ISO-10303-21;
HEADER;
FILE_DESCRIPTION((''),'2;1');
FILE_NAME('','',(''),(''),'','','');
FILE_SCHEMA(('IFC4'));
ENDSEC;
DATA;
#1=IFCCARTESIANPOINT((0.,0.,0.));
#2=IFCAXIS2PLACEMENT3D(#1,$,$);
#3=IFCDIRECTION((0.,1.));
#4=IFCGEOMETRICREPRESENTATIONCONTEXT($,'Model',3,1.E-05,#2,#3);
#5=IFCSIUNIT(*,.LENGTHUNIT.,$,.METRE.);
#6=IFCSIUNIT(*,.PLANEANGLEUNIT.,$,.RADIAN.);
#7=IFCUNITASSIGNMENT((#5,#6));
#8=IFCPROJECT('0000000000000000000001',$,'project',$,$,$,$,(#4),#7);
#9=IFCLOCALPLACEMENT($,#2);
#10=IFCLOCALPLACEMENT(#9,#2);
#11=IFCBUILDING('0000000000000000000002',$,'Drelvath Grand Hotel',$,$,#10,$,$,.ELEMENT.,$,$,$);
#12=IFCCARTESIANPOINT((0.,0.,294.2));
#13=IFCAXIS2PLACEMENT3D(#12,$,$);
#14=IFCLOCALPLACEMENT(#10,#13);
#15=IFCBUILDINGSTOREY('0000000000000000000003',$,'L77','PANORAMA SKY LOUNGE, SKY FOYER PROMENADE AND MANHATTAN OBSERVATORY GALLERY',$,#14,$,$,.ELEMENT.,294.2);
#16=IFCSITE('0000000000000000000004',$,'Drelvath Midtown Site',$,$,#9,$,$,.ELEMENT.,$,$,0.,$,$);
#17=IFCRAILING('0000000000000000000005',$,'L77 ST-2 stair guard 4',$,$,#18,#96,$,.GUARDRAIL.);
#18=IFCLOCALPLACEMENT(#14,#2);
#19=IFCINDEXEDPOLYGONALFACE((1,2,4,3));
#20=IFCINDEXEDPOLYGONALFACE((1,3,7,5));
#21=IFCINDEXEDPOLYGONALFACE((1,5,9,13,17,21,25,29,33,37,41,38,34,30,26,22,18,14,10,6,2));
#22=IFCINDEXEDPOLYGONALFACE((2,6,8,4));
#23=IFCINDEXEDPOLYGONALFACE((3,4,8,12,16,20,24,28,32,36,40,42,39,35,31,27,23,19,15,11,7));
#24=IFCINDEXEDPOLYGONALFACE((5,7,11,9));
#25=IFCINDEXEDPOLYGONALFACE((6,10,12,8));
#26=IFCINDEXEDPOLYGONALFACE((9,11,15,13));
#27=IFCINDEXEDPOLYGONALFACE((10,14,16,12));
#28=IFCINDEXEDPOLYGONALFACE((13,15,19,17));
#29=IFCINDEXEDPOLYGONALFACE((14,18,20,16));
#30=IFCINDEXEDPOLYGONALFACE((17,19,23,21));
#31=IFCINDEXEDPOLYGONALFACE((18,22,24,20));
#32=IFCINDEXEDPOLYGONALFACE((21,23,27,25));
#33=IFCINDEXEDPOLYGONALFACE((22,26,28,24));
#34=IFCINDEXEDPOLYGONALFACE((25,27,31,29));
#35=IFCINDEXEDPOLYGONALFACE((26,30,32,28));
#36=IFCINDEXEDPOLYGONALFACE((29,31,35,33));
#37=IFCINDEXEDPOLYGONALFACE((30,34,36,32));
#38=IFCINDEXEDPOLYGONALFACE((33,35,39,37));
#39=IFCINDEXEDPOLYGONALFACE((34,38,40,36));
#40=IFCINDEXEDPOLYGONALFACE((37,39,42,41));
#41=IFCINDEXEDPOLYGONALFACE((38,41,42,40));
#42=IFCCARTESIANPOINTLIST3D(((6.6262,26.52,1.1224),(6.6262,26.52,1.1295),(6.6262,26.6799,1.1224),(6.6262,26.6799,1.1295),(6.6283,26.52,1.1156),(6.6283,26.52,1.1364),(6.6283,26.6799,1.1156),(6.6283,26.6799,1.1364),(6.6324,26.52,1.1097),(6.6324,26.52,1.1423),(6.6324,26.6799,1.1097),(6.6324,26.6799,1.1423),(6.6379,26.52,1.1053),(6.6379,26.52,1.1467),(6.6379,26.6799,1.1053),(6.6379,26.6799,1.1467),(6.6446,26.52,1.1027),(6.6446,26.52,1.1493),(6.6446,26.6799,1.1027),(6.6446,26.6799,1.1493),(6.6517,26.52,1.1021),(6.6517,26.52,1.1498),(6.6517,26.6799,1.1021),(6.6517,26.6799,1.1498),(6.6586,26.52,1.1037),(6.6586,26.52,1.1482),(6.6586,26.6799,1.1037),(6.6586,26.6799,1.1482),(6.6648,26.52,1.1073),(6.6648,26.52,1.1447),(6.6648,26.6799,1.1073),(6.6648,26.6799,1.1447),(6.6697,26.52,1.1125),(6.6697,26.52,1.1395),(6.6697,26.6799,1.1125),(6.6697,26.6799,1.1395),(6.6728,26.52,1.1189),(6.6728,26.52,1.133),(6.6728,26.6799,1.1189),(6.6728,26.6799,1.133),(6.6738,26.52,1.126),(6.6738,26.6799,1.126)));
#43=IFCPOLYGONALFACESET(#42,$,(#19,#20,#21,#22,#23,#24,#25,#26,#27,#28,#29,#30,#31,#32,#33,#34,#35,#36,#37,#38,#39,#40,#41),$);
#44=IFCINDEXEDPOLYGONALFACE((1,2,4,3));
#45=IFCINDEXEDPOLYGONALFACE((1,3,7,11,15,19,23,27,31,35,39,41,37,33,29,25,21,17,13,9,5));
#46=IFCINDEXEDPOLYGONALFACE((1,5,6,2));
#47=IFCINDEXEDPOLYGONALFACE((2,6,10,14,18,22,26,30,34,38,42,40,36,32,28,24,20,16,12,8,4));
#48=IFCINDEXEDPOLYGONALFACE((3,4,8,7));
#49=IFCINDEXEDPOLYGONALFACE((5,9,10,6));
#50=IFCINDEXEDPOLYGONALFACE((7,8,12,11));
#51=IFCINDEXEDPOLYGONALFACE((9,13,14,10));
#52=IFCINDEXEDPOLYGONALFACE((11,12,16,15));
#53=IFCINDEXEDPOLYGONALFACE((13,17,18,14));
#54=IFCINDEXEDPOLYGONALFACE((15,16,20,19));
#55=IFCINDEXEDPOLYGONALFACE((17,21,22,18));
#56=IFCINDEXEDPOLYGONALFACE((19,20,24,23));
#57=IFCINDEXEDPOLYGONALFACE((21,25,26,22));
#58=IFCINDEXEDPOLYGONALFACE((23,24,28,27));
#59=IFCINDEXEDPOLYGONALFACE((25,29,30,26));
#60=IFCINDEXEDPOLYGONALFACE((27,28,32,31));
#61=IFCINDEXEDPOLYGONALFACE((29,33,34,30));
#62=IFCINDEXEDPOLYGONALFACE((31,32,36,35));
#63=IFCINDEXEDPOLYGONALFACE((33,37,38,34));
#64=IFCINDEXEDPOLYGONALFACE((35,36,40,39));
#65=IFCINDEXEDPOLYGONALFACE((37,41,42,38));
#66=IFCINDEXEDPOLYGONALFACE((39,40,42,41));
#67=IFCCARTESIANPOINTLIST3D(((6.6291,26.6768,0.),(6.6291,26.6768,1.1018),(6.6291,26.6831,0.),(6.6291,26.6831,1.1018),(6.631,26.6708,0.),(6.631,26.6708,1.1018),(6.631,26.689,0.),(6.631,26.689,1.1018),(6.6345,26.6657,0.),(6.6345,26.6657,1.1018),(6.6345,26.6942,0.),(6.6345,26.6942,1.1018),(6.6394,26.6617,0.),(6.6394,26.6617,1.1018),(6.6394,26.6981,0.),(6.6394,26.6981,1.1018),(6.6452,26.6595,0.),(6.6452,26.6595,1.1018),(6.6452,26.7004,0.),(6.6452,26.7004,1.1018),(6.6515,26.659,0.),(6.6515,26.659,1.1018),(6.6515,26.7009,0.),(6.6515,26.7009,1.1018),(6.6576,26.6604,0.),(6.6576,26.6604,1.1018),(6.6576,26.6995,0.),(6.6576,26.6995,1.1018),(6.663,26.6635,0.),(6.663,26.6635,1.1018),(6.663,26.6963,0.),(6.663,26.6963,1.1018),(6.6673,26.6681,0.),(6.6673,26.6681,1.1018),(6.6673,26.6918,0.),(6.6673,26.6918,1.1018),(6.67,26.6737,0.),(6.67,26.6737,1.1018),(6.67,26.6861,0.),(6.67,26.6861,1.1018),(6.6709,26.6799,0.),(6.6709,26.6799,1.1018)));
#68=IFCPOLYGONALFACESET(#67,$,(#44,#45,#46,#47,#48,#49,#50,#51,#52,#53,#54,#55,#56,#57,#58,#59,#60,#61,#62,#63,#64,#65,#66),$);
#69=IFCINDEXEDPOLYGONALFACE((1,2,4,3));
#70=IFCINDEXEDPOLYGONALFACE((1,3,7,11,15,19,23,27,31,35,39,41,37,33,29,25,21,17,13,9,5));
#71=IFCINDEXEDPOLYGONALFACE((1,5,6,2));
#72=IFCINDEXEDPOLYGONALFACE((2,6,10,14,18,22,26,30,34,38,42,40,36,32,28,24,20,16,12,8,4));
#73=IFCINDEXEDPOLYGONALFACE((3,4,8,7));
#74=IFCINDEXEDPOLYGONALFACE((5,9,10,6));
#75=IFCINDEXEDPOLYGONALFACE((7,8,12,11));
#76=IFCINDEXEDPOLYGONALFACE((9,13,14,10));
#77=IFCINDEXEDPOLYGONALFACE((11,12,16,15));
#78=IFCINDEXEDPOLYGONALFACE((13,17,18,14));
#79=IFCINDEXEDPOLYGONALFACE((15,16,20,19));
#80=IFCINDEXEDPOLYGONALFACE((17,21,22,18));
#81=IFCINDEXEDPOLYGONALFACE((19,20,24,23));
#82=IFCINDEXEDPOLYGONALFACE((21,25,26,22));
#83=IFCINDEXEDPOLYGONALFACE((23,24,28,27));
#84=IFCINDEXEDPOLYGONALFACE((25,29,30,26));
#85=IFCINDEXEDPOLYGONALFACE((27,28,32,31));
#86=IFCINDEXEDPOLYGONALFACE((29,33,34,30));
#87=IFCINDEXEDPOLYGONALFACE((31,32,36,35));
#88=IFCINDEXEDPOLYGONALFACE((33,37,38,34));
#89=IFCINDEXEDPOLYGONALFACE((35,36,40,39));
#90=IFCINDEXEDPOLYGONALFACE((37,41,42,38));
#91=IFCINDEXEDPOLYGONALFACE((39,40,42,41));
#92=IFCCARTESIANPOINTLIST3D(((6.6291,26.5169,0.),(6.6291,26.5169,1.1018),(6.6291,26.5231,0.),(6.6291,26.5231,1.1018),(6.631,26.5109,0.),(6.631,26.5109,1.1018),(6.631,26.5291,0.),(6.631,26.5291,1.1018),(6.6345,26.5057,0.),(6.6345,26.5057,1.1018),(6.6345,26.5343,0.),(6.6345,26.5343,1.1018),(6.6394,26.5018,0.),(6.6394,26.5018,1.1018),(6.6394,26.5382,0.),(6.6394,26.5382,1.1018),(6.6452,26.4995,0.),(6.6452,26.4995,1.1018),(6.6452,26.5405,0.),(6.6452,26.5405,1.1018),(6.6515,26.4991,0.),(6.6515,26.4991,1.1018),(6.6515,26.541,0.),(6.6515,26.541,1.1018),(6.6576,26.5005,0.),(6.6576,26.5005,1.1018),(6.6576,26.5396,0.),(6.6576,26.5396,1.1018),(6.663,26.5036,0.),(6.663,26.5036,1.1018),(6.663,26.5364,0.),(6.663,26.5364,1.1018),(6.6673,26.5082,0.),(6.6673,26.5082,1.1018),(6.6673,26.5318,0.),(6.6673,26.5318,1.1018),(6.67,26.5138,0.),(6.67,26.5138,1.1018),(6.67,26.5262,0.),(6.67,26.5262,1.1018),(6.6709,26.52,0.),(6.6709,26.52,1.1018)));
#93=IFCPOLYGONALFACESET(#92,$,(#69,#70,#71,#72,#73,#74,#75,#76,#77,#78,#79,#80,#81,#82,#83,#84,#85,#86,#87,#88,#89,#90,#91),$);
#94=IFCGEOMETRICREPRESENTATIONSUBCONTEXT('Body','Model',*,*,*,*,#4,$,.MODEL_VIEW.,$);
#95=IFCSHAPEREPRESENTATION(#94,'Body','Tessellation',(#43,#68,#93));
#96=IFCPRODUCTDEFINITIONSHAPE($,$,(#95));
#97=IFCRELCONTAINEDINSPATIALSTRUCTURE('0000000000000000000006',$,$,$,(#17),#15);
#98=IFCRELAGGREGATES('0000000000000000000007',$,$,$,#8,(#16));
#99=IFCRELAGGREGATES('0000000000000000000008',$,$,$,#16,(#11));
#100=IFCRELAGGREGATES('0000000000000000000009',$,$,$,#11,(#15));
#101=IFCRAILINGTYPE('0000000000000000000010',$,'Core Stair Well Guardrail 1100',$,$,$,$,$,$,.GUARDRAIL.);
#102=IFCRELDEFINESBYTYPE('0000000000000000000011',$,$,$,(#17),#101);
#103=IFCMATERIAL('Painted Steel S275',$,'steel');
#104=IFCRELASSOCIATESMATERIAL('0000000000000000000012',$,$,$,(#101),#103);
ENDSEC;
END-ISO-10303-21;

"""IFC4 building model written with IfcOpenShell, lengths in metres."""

from ifc_helpers import new_model, si_unit, direction, frame, origin, origin_2d, place, context, subcontext, project, spatial, circle, extrude, material, type_object, element, save


model = new_model("IFC4")

# Units and contexts
model_context = context("Model", 3, precision=1e-05, world=origin(), true_north=direction((0.0, 1.0)))
body_context = subcontext(model_context, "Body", "Model", "MODEL_VIEW")
ifc_project = project(units=[si_unit("LENGTHUNIT", "METRE"), si_unit("PLANEANGLEUNIT", "RADIAN")], contexts=[model_context])

# Site, building, storey
site_placement = place(None, origin())
site = spatial("IfcSite", under=ifc_project, at=site_placement, Name="Drelvath Midtown Site", CompositionType="ELEMENT", RefElevation=0.0)
building_placement = place(site_placement, origin())
building = spatial("IfcBuilding", under=site, at=building_placement, Name="Drelvath Grand Hotel", CompositionType="ELEMENT")
storey_placement = place(building_placement, frame((0.0, 0.0, 294.2)))
storey = spatial("IfcBuildingStorey", under=building, at=storey_placement, Name="L77", Description="PANORAMA SKY LOUNGE, SKY FOYER PROMENADE AND MANHATTAN OBSERVATORY GALLERY", CompositionType="ELEMENT", Elevation=294.2)

# Railing
ifc_material_1 = material(Name="Painted Steel S275", Category="steel")
railing_type_1 = type_object("IfcRailingType", Name="Core Stair Well Guardrail 1100", PredefinedType="GUARDRAIL", material=ifc_material_1)
railing_1_placement = place(storey_placement, frame((6.6499, 26.6799, 0.0)))
element("IfcRailing", 1, at=railing_1_placement, inside=storey, type_object=railing_type_1, Name="L77 ST-2 stair guard 4", PredefinedType="GUARDRAIL", context=body_context, shape_type="SweptSolid", body=[
    extrude(circle(Radius=0.0239, at=origin_2d()), frame((0.0, 0.0, 1.126), z_axis=(0.0, -1.0, 0.0), x_axis=(1.0, 0.0, 0.0)), (0.0, 0.0, 1.0), 0.1599),
    extrude(circle(Radius=0.021, at=origin_2d()), origin(), (0.0, 0.0, 1.0), 1.1018),
    extrude(circle(Radius=0.021, at=origin_2d()), frame((0.0, -0.1599, 0.0)), (0.0, 0.0, 1.0), 1.1018),
])

save(model, "model.ifc")
